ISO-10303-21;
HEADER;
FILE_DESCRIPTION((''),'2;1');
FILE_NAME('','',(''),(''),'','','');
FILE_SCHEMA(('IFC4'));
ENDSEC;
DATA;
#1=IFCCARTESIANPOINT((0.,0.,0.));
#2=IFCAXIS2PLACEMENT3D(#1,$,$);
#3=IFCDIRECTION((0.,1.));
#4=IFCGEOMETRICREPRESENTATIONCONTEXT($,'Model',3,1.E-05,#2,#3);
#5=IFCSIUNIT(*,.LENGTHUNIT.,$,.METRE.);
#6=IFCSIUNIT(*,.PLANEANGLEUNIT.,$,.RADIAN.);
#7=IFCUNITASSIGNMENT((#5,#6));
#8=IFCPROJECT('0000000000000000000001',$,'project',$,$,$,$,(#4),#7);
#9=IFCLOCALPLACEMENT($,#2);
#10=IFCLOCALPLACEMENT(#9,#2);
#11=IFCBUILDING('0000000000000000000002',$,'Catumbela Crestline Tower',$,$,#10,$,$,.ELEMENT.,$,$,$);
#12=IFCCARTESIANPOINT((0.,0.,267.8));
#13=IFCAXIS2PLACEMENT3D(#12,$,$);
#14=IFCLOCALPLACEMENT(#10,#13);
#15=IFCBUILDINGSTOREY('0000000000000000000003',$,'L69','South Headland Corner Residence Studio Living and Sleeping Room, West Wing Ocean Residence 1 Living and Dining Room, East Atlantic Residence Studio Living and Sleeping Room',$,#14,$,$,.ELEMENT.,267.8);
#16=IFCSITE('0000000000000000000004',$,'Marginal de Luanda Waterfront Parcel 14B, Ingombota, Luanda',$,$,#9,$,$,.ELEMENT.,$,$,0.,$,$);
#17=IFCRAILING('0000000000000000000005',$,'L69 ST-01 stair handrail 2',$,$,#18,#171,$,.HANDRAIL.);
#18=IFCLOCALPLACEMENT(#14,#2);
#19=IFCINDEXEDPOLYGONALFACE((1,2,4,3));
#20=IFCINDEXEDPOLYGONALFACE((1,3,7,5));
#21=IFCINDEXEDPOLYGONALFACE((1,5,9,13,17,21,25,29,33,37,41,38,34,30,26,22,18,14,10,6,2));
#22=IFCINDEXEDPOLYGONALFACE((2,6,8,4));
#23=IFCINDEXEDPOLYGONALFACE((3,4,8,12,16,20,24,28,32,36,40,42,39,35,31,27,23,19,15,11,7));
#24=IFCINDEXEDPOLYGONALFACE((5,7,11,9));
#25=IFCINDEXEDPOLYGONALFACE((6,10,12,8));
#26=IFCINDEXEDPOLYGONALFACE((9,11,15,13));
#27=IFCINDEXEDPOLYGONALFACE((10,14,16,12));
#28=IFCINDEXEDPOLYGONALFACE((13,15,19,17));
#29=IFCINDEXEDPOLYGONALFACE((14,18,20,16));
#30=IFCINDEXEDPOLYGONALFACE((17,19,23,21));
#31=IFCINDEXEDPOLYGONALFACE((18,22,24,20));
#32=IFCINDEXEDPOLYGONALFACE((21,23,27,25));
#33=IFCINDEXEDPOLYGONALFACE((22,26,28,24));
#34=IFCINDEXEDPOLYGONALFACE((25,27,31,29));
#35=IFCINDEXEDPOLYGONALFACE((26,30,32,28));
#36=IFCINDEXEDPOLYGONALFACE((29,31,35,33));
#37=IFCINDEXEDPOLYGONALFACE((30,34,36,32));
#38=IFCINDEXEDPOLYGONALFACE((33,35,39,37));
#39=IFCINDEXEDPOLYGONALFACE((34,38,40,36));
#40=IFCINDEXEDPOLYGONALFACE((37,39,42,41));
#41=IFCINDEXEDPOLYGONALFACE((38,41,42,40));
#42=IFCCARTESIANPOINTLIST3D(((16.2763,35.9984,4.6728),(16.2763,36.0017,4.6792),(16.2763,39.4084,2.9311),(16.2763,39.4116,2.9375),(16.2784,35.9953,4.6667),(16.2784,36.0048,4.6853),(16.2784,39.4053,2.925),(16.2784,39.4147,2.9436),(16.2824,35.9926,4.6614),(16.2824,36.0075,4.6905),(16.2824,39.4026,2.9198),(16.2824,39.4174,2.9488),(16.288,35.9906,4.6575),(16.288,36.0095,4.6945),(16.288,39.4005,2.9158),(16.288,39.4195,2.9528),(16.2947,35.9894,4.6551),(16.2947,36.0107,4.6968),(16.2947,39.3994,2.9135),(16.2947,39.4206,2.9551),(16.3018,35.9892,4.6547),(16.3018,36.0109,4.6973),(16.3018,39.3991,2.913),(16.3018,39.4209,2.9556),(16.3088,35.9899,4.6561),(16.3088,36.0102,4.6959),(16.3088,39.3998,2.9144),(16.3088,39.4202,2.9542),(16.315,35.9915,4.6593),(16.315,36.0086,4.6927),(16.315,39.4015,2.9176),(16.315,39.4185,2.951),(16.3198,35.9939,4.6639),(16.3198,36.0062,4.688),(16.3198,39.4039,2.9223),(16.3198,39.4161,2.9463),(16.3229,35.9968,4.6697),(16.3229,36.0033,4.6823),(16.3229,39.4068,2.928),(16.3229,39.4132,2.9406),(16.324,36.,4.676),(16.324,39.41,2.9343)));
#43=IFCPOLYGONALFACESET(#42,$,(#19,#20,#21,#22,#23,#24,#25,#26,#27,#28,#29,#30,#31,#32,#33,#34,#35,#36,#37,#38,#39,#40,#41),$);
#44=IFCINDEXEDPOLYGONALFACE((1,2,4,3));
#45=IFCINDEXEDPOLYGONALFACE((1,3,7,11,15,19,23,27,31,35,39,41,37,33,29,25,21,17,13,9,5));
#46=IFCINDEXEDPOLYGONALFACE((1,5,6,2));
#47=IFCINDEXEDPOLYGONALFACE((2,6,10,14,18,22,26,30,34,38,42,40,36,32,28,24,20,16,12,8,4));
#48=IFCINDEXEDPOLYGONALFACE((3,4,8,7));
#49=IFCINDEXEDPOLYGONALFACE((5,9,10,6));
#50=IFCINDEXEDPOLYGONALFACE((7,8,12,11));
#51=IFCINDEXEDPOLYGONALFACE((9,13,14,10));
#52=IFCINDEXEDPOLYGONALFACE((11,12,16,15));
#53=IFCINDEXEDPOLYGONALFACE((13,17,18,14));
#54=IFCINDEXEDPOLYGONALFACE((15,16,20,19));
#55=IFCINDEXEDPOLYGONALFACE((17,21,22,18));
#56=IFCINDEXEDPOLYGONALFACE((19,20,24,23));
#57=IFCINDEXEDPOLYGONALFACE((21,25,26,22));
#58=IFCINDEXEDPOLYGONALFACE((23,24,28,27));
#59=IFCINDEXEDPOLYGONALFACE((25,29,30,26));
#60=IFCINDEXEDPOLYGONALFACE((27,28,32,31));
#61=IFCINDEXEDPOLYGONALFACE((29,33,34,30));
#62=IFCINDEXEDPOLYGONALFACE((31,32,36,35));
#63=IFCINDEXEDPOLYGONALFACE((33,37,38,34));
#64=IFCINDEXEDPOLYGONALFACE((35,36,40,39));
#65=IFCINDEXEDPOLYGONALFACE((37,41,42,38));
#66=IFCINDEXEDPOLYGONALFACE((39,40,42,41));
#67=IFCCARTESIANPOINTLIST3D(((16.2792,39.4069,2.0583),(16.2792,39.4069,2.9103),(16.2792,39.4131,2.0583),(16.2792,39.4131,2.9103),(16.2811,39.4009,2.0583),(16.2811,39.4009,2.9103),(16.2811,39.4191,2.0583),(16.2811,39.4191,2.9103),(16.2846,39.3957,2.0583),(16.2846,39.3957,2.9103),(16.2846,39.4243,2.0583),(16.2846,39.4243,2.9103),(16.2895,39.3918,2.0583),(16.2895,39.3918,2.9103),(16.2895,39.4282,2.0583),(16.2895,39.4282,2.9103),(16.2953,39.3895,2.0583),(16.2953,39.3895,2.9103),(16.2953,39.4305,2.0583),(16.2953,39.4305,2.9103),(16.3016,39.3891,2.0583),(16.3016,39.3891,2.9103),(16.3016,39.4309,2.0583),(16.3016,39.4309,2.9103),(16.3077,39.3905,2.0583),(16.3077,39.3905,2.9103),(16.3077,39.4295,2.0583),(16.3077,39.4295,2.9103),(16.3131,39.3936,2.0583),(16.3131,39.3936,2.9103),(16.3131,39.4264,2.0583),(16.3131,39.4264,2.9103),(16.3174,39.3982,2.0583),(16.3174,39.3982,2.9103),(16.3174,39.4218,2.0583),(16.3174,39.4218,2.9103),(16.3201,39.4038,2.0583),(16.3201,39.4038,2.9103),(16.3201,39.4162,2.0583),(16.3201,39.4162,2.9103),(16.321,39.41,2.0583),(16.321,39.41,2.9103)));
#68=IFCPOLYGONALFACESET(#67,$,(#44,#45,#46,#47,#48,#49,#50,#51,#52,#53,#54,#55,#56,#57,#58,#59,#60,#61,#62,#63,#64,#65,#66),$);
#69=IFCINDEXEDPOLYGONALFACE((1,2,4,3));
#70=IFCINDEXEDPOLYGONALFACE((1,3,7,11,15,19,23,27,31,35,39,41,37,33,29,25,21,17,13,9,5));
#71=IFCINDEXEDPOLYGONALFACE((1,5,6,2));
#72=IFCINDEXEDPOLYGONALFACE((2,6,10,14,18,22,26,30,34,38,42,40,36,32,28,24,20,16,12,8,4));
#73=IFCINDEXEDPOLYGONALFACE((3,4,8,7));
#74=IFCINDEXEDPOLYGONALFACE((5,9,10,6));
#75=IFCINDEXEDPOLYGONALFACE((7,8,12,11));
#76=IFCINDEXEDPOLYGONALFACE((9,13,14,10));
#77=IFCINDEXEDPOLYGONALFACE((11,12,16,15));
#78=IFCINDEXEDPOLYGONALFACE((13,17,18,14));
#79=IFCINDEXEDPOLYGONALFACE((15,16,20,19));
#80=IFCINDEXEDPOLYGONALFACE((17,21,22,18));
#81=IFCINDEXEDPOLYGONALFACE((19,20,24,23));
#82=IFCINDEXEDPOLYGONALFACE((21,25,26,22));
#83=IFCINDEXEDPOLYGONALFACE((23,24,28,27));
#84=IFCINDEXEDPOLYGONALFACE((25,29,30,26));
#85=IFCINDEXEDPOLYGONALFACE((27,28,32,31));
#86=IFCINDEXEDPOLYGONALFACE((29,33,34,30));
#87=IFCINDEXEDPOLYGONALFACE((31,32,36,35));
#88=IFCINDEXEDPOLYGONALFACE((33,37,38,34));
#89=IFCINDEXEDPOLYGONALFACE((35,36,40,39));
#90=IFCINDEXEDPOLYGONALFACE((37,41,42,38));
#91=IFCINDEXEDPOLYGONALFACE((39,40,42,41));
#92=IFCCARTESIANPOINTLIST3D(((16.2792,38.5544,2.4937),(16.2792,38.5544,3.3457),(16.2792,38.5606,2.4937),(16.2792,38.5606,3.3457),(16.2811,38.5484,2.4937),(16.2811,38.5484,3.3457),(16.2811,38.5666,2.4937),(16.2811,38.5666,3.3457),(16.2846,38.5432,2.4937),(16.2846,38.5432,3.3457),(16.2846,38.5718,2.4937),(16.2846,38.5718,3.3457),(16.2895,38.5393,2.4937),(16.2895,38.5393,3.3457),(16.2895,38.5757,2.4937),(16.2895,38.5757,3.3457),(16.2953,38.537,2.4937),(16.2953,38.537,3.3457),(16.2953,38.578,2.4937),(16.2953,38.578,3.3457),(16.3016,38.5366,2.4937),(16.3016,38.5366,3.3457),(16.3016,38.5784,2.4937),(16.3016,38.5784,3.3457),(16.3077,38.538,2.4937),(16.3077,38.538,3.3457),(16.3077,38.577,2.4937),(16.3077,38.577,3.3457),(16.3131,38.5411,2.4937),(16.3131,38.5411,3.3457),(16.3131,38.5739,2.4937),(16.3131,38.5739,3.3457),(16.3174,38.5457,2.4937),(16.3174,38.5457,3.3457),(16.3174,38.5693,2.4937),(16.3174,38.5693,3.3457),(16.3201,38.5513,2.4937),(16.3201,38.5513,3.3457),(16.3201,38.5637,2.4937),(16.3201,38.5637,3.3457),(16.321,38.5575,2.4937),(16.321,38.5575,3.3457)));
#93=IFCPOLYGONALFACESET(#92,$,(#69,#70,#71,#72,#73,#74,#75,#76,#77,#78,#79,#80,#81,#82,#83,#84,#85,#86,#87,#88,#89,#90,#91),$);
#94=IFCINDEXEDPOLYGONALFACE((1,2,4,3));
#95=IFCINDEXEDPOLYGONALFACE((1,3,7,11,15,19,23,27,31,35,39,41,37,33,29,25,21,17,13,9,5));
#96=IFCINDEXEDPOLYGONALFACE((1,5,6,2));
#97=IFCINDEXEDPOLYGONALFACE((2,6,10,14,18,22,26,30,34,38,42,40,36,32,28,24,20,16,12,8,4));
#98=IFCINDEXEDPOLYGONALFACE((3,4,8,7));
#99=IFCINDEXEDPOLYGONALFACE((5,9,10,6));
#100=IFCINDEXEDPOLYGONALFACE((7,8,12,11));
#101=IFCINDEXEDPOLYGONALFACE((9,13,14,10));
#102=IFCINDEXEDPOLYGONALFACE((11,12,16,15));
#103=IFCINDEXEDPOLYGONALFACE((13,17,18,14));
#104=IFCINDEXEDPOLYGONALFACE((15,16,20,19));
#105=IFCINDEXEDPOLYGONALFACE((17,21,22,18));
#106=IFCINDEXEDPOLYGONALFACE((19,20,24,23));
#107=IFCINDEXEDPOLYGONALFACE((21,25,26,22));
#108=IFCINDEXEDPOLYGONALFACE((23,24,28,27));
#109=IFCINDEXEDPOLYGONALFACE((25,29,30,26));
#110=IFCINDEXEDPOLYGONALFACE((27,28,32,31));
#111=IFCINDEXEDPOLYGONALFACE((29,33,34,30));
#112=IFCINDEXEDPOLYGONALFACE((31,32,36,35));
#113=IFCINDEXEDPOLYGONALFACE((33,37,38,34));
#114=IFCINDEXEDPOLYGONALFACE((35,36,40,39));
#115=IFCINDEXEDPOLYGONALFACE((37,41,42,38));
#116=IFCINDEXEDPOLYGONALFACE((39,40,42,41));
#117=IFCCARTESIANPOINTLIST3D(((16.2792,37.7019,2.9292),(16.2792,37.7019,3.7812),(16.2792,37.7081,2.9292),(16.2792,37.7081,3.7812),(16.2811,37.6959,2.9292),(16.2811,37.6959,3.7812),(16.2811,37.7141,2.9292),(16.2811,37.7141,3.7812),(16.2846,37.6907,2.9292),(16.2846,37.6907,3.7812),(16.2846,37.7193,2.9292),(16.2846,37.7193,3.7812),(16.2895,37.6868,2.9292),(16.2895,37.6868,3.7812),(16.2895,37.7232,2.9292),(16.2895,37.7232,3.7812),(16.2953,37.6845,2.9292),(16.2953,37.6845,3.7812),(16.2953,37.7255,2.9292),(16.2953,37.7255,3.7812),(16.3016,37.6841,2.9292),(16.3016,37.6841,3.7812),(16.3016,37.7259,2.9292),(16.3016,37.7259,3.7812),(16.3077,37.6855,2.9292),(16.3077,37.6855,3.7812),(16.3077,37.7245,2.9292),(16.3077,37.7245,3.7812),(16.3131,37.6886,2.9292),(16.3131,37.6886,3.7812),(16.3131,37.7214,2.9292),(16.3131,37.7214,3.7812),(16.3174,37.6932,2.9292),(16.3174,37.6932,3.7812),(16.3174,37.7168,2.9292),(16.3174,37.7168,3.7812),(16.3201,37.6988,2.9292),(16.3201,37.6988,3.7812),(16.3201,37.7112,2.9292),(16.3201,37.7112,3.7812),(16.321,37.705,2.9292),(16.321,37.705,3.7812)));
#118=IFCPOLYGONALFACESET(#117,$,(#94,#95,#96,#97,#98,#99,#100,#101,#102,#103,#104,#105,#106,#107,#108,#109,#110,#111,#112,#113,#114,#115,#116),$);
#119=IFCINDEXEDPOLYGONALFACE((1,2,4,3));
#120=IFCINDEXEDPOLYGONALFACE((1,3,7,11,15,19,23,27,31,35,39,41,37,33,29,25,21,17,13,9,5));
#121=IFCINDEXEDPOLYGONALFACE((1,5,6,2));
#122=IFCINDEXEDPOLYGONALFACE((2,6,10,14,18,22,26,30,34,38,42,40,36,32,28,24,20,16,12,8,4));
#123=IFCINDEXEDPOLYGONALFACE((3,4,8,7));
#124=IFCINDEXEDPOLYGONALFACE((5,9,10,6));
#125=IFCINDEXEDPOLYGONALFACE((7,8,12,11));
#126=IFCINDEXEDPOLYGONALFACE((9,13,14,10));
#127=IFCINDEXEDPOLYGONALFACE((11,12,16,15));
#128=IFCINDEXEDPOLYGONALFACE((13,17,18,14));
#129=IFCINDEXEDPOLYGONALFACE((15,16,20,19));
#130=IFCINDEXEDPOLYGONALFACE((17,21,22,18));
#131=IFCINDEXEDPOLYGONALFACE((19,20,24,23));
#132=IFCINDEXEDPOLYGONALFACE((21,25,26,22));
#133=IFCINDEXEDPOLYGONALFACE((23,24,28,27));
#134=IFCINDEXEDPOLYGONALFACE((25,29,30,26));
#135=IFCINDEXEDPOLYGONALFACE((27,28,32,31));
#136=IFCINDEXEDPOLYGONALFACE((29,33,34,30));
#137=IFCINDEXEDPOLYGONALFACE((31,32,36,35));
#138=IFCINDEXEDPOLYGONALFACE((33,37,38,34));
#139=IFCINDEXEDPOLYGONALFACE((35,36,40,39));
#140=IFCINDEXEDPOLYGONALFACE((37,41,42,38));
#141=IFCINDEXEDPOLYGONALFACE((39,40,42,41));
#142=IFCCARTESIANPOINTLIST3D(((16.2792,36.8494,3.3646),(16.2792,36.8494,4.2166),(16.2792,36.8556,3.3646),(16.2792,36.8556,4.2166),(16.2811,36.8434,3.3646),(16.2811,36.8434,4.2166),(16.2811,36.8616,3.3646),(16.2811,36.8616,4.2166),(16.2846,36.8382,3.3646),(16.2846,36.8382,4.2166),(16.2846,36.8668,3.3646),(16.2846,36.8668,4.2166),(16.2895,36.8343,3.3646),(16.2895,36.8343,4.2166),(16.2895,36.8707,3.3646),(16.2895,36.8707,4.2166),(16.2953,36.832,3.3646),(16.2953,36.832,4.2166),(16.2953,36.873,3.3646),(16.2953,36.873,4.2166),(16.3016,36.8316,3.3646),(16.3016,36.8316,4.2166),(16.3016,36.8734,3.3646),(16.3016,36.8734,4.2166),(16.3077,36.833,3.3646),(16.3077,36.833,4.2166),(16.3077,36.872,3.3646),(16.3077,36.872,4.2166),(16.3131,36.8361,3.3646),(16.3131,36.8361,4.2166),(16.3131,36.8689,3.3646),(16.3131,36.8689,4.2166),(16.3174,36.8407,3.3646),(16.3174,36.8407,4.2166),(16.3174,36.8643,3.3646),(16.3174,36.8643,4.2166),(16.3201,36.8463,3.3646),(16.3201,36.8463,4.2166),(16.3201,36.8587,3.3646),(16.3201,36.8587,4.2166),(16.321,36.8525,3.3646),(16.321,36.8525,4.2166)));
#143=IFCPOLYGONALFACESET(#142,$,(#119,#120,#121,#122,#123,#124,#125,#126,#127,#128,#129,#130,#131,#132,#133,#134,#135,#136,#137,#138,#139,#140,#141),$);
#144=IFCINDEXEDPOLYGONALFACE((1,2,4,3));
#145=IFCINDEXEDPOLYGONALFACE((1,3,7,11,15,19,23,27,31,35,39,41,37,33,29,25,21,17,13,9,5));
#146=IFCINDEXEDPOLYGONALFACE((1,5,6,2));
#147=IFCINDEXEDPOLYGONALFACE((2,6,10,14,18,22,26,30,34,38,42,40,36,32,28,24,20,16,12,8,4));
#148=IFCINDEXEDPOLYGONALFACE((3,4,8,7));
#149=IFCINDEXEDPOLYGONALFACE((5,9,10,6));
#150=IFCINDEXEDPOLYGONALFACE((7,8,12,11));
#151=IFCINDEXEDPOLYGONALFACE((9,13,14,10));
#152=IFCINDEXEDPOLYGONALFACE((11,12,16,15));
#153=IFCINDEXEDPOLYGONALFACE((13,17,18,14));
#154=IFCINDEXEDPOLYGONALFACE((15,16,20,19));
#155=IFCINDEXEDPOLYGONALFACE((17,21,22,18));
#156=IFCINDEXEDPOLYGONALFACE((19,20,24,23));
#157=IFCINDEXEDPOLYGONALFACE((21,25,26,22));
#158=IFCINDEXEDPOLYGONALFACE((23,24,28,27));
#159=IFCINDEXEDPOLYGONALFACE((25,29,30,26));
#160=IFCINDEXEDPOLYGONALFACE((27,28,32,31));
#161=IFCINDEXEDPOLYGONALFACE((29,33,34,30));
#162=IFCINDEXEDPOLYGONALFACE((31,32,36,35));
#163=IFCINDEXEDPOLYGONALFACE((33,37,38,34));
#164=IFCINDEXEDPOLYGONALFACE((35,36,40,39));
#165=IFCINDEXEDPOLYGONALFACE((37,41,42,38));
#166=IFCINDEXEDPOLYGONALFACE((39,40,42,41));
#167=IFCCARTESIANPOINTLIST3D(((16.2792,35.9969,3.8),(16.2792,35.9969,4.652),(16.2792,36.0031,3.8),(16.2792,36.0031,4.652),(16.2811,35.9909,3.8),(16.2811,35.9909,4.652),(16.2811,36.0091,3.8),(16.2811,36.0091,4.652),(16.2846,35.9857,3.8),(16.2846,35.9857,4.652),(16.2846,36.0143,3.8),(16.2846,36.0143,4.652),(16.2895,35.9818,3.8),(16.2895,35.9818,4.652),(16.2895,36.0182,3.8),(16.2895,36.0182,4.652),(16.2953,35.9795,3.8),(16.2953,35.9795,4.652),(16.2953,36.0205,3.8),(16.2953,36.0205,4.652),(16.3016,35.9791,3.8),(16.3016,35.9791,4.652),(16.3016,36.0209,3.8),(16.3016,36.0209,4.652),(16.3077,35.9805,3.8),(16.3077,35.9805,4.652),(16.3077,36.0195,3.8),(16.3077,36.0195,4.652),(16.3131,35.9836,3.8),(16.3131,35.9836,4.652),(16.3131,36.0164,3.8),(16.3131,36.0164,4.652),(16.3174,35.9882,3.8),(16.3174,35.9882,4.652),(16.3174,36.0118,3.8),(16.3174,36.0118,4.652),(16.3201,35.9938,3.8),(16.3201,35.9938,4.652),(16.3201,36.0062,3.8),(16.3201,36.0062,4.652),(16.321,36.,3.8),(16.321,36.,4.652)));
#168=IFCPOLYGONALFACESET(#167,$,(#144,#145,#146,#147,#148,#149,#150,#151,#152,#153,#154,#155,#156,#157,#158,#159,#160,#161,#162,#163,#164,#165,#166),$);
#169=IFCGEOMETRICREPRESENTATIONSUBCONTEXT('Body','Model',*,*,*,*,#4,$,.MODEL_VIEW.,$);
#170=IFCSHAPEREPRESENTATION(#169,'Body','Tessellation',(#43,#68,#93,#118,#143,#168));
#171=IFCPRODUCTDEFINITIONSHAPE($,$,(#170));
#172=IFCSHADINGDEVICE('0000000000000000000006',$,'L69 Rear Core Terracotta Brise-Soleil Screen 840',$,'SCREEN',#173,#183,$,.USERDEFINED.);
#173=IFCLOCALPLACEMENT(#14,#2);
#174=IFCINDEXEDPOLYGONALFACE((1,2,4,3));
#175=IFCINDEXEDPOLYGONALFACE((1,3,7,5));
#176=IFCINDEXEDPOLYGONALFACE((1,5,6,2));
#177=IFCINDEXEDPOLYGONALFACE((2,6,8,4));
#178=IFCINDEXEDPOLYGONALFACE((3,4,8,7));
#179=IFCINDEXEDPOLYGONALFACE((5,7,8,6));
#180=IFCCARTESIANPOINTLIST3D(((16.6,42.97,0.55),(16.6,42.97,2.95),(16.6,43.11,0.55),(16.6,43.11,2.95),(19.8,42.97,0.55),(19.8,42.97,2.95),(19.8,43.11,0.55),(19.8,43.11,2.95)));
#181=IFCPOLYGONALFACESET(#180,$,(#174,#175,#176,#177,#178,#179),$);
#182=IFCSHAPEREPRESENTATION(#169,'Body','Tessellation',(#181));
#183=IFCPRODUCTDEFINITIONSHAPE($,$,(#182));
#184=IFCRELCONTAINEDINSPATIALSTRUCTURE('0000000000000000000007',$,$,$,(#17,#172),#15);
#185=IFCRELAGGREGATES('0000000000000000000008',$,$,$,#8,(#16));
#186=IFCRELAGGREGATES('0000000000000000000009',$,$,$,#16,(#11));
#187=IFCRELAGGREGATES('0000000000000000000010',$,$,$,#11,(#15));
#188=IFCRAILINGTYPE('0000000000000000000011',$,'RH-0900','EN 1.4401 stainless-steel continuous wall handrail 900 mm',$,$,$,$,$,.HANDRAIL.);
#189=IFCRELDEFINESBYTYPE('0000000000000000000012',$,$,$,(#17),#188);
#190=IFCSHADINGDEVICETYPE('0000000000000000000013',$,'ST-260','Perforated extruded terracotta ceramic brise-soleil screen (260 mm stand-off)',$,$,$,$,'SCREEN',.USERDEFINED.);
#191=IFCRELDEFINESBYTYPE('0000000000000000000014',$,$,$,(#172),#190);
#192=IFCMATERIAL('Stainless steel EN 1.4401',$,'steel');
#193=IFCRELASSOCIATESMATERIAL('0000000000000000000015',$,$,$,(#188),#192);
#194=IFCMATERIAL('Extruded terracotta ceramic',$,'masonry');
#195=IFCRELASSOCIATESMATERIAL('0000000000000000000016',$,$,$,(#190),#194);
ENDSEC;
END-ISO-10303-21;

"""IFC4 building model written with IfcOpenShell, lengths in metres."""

from ifc_helpers import new_model, si_unit, direction, frame, origin, origin_2d, place, context, subcontext, project, spatial, rectangle, circle, extrude, material, type_object, element, save


model = new_model("IFC4")

# Units and contexts
model_context = context("Model", 3, precision=1e-05, world=origin(), true_north=direction((0.0, 1.0)))
body_context = subcontext(model_context, "Body", "Model", "MODEL_VIEW")
ifc_project = project(units=[si_unit("LENGTHUNIT", "METRE"), si_unit("PLANEANGLEUNIT", "RADIAN")], contexts=[model_context])

# Site, building, storey
site_placement = place(None, origin())
site = spatial("IfcSite", under=ifc_project, at=site_placement, Name="Marginal de Luanda Waterfront Parcel 14B, Ingombota, Luanda", CompositionType="ELEMENT", RefElevation=0.0)
building_placement = place(site_placement, origin())
building = spatial("IfcBuilding", under=site, at=building_placement, Name="Catumbela Crestline Tower", CompositionType="ELEMENT")
storey_placement = place(building_placement, frame((0.0, 0.0, 267.8)))
storey = spatial("IfcBuildingStorey", under=building, at=storey_placement, Name="L69", Description="South Headland Corner Residence Studio Living and Sleeping Room, West Wing Ocean Residence 1 Living and Dining Room, East Atlantic Residence Studio Living and Sleeping Room", CompositionType="ELEMENT", Elevation=267.8)

# Shared definitions
ifc_material_1 = material(Name="Stainless steel EN 1.4401", Category="steel")

# Railing
railing_type_1 = type_object("IfcRailingType", Name="RH-0900", Description="EN 1.4401 stainless-steel continuous wall handrail 900 mm", PredefinedType="HANDRAIL", material=ifc_material_1)
railing_1_placement = place(storey_placement, frame((16.3, 39.41, 2.0583)))
element("IfcRailing", 1, at=railing_1_placement, inside=storey, type_object=railing_type_1, Name="L69 ST-01 stair handrail 2", PredefinedType="HANDRAIL", context=body_context, shape_type="SweptSolid", body=[
    extrude(circle(Radius=0.024, at=origin_2d()), frame((0.0, 0.0, 0.876), z_axis=(0.0, -0.89056, 0.454865), x_axis=(1.0, 0.0, 0.0)), (0.0, 0.0, 1.0), 3.829),
    extrude(circle(Radius=0.021, at=origin_2d()), origin(), (0.0, 0.0, 1.0), 0.852),
    extrude(circle(Radius=0.021, at=origin_2d()), frame((0.0, -0.8525, 0.4354)), (0.0, 0.0, 1.0), 0.852),
    extrude(circle(Radius=0.021, at=origin_2d()), frame((0.0, -1.705, 0.8709)), (0.0, 0.0, 1.0), 0.852),
    extrude(circle(Radius=0.021, at=origin_2d()), frame((0.0, -2.5575, 1.3063)), (0.0, 0.0, 1.0), 0.852),
    extrude(circle(Radius=0.021, at=origin_2d()), frame((0.0, -3.41, 1.7417)), (0.0, 0.0, 1.0), 0.852),
])

# Shading device
ifc_material_2 = material(Name="Extruded terracotta ceramic", Category="masonry")
shading_device_type = type_object("IfcShadingDeviceType", Name="ST-260", Description="Perforated extruded terracotta ceramic brise-soleil screen (260 mm stand-off)", ElementType="SCREEN", PredefinedType="USERDEFINED", material=ifc_material_2)
shading_device_placement = place(storey_placement, frame((18.2, 43.04, 0.55), z_axis=(0.0, 0.0, 1.0), x_axis=(1.0, 0.0, 0.0)))
element("IfcShadingDevice", 2, at=shading_device_placement, inside=storey, type_object=shading_device_type, Name="L69 Rear Core Terracotta Brise-Soleil Screen 840", ObjectType="SCREEN", PredefinedType="USERDEFINED", context=body_context, shape_type="SweptSolid", body=[
    extrude(rectangle(XDim=3.2, YDim=0.14, at=origin_2d()), origin(), (0.0, 0.0, 1.0), 2.4),
])

save(model, "model.ifc")
